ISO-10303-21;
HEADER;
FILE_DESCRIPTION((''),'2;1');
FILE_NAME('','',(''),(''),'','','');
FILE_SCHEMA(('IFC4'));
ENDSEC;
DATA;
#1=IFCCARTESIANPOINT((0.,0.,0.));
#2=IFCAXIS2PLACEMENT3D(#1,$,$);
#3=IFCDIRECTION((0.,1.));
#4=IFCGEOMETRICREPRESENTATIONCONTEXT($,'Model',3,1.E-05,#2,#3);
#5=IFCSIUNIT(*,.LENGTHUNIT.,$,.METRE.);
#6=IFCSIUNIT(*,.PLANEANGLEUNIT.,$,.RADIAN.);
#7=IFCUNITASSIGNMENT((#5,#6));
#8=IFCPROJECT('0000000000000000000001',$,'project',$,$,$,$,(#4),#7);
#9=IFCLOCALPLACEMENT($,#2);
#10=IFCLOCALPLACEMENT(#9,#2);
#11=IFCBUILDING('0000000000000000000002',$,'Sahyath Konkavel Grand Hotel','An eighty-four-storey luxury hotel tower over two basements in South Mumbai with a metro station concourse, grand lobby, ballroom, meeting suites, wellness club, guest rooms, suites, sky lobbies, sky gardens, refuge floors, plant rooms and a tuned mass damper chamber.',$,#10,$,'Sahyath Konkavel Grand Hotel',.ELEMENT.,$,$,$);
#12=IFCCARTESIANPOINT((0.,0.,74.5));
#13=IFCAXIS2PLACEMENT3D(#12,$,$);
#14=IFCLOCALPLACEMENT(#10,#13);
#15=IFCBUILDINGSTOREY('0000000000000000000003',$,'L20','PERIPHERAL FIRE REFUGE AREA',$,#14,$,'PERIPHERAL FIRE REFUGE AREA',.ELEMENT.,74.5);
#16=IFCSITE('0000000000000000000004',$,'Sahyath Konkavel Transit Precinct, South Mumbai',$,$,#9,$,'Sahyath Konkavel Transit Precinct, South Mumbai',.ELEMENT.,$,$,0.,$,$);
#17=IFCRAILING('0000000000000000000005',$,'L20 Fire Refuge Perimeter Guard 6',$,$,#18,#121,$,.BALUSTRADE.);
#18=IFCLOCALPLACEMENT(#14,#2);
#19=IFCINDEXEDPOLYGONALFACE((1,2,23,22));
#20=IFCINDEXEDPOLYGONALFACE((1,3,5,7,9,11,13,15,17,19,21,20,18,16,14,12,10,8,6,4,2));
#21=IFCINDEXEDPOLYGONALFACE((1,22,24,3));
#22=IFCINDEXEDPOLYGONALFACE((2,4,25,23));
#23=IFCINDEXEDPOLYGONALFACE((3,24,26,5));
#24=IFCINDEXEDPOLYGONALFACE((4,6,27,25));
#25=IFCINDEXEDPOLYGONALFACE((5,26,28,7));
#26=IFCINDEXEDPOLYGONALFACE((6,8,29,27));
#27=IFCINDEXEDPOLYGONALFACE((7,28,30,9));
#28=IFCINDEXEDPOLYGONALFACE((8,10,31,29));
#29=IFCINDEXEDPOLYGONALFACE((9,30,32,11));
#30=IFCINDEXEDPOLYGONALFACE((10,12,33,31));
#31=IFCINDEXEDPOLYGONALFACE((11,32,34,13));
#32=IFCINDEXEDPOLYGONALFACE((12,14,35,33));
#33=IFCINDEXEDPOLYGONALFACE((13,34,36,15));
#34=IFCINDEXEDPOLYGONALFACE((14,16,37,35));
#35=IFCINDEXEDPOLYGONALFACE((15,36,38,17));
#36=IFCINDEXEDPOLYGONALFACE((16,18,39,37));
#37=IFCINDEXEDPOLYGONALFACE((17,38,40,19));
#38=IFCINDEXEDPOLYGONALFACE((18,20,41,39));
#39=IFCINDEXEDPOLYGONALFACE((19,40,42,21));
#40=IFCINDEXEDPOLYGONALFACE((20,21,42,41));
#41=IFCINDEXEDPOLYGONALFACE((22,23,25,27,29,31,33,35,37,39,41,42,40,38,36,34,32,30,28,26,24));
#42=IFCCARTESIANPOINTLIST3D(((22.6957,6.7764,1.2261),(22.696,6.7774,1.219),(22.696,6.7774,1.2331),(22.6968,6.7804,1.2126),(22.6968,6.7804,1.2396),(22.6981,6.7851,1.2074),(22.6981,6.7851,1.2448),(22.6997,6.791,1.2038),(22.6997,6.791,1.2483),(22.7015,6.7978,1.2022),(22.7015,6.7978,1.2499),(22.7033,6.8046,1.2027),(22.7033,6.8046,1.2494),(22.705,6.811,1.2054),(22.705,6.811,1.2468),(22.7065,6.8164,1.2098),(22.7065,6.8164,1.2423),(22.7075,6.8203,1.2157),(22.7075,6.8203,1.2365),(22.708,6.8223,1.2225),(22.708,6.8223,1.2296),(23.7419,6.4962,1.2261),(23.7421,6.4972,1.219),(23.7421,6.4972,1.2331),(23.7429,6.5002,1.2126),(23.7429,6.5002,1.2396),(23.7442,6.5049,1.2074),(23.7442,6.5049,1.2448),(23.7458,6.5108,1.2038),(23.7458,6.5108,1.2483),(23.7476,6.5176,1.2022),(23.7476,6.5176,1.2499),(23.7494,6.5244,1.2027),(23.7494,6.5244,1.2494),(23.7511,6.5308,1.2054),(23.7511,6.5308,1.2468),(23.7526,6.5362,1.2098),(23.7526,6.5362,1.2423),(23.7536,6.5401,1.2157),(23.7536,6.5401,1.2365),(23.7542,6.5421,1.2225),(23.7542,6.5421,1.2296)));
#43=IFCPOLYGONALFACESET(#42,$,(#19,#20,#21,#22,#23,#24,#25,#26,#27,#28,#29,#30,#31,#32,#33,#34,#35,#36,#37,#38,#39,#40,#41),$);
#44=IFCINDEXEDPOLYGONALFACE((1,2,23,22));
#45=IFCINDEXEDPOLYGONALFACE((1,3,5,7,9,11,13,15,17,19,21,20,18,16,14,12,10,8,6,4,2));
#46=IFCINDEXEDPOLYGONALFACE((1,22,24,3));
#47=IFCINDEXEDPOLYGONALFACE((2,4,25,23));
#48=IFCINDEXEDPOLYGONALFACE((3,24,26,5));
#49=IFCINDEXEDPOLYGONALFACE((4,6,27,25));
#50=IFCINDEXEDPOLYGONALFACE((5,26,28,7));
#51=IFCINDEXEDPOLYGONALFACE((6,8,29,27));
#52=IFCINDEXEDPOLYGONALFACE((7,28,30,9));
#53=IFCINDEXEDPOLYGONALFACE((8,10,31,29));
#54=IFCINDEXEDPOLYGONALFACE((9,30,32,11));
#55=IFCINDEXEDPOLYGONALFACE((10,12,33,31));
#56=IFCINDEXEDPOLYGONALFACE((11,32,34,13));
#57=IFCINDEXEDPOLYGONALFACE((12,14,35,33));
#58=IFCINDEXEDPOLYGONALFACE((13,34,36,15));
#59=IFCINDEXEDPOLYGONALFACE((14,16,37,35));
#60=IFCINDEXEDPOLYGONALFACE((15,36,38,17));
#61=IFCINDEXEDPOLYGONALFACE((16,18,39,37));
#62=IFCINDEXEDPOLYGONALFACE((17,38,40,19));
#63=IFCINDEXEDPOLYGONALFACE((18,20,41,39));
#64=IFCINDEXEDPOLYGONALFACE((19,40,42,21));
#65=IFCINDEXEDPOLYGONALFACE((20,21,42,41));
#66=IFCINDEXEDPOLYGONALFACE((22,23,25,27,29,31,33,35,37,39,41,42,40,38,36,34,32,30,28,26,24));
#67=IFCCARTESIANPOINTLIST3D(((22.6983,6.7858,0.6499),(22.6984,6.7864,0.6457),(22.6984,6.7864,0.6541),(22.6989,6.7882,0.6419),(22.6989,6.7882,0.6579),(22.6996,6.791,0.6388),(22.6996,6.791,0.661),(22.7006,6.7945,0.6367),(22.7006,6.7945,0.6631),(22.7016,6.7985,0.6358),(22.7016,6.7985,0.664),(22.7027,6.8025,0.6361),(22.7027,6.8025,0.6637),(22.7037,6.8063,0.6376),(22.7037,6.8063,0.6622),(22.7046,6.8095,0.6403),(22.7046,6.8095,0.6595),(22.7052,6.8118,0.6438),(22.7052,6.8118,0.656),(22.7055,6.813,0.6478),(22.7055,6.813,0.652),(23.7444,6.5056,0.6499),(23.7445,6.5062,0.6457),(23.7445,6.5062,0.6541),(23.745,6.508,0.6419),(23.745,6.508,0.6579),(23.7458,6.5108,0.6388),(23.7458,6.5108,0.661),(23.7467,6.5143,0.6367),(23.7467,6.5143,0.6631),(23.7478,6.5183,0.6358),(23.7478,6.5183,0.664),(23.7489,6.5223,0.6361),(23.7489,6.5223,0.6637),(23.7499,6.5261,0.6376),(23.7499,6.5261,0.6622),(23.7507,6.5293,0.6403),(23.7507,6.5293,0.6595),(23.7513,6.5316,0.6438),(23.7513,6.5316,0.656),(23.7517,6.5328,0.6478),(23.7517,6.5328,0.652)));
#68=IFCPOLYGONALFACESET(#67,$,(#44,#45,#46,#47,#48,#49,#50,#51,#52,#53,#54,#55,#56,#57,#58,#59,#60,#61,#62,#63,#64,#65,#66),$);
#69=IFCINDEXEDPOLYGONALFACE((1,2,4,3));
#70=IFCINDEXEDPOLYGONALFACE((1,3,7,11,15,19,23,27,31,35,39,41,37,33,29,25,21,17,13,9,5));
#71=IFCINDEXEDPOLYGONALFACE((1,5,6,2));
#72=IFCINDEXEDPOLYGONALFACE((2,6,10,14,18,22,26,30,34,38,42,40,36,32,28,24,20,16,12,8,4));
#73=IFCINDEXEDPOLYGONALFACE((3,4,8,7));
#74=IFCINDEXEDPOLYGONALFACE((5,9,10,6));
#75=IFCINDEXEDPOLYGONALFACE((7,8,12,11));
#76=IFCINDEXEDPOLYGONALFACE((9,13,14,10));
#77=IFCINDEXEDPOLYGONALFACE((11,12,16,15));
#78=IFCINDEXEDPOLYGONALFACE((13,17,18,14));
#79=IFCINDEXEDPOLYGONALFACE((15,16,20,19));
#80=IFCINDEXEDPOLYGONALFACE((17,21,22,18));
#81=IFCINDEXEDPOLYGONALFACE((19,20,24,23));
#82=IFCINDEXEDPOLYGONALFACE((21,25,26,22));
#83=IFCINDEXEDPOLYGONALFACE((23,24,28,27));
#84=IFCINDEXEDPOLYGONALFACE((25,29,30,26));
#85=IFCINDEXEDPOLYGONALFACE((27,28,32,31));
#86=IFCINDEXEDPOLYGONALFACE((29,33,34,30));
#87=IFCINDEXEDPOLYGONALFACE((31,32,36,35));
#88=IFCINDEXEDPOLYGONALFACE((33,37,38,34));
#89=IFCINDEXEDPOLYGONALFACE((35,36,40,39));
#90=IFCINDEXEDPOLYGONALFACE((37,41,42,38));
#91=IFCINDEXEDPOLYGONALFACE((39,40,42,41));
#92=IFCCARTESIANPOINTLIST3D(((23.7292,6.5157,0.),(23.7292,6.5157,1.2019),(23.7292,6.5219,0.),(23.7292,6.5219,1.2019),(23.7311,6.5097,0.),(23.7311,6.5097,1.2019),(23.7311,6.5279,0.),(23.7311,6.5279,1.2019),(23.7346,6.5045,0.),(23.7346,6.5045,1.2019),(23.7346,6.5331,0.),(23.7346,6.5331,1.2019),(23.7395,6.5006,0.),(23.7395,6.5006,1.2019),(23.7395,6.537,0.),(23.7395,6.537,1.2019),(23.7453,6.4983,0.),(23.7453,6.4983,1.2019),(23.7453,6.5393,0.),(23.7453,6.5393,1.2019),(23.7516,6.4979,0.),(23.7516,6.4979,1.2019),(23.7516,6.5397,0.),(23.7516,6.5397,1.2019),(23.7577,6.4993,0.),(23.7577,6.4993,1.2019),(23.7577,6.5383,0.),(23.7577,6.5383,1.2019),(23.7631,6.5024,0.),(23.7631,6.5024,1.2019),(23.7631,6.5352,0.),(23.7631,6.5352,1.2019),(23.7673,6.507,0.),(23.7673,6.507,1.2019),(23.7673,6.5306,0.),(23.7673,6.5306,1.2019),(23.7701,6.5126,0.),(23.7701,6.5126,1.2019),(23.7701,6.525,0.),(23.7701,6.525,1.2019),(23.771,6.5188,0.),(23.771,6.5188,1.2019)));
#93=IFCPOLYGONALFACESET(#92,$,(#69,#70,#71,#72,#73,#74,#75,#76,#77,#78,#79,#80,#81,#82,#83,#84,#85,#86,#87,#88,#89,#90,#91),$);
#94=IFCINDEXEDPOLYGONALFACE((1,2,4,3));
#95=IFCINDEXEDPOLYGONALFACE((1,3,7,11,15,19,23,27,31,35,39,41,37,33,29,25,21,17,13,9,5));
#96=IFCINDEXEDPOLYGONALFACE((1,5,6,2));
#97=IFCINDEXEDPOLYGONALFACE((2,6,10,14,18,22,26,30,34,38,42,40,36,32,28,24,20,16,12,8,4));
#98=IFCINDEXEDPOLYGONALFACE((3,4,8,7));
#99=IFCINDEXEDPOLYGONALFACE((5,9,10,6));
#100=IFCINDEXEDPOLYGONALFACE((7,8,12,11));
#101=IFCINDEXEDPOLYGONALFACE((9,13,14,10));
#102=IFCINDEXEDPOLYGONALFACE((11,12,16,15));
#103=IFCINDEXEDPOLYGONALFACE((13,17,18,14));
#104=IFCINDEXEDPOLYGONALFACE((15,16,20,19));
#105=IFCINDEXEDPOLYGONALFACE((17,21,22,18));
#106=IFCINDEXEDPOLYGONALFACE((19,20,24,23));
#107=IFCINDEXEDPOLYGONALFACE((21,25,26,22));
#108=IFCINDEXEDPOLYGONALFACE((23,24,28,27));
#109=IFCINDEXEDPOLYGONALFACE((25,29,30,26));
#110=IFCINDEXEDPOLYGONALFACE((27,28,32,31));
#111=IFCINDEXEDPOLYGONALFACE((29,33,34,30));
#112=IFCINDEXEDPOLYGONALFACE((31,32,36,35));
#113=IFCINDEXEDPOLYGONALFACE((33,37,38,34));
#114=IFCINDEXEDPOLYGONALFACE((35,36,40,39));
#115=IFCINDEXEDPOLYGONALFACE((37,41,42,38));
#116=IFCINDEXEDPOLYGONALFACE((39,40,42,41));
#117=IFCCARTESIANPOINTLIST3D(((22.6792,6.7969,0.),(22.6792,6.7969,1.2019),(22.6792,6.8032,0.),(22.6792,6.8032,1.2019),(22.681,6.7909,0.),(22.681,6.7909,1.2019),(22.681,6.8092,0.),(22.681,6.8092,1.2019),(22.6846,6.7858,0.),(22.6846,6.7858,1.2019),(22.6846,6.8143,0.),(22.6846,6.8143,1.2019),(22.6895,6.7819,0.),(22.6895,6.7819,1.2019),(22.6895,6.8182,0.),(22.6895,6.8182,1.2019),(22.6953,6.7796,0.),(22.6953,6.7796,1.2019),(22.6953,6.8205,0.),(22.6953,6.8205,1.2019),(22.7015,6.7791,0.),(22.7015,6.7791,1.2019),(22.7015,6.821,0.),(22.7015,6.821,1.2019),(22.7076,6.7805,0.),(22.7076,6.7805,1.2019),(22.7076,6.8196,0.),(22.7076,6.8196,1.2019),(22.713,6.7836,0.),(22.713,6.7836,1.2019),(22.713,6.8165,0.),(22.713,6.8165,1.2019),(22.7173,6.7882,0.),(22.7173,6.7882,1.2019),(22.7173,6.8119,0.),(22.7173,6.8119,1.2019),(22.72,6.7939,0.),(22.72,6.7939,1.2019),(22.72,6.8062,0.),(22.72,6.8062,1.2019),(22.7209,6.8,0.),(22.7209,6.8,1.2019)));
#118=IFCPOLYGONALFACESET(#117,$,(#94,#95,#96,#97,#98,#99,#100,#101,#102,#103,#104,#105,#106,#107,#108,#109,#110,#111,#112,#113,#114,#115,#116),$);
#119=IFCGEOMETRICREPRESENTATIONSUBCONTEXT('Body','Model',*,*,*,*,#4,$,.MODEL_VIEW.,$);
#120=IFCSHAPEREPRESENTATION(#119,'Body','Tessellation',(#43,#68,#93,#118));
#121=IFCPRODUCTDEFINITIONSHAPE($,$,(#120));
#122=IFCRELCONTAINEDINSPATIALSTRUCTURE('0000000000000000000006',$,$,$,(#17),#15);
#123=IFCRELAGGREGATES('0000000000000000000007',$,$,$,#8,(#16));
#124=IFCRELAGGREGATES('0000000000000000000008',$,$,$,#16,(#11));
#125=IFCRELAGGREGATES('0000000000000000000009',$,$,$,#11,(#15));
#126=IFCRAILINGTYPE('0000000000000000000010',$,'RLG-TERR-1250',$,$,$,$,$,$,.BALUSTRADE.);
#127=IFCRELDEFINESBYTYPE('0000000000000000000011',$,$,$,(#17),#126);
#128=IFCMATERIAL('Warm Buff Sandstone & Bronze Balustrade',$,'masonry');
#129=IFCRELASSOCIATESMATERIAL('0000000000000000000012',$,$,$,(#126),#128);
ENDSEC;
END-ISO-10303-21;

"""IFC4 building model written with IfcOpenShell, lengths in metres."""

from ifc_helpers import new_model, si_unit, direction, frame, origin, origin_2d, place, context, subcontext, project, spatial, circle, extrude, material, type_object, element, save


model = new_model("IFC4")

# Units and contexts
model_context = context("Model", 3, precision=1e-05, world=origin(), true_north=direction((0.0, 1.0)))
body_context = subcontext(model_context, "Body", "Model", "MODEL_VIEW")
ifc_project = project(units=[si_unit("LENGTHUNIT", "METRE"), si_unit("PLANEANGLEUNIT", "RADIAN")], contexts=[model_context])

# Site, building, storey
site_placement = place(None, origin())
site = spatial("IfcSite", under=ifc_project, at=site_placement, Name="Sahyath Konkavel Transit Precinct, South Mumbai", LongName="Sahyath Konkavel Transit Precinct, South Mumbai", CompositionType="ELEMENT", RefElevation=0.0)
building_placement = place(site_placement, origin())
building = spatial("IfcBuilding", under=site, at=building_placement, Name="Sahyath Konkavel Grand Hotel", Description="An eighty-four-storey luxury hotel tower over two basements in South Mumbai with a metro station concourse, grand lobby, ballroom, meeting suites, wellness club, guest rooms, suites, sky lobbies, sky gardens, refuge floors, plant rooms and a tuned mass damper chamber.", LongName="Sahyath Konkavel Grand Hotel", CompositionType="ELEMENT")
storey_placement = place(building_placement, frame((0.0, 0.0, 74.5)))
storey = spatial("IfcBuildingStorey", under=building, at=storey_placement, Name="L20", Description="PERIPHERAL FIRE REFUGE AREA", LongName="PERIPHERAL FIRE REFUGE AREA", CompositionType="ELEMENT", Elevation=74.5)

# Railing
ifc_material_1 = material(Name="Warm Buff Sandstone & Bronze Balustrade", Category="masonry")
railing_type = type_object("IfcRailingType", Name="RLG-TERR-1250", PredefinedType="BALUSTRADE", material=ifc_material_1)
railing_1_placement = place(storey_placement, frame((23.75, 6.5188, 0.0)))
element("IfcRailing", 1, at=railing_1_placement, inside=storey, type_object=railing_type, Name="L20 Fire Refuge Perimeter Guard 6", PredefinedType="BALUSTRADE", context=body_context, shape_type="SweptSolid", body=[
    extrude(circle(Radius=0.0239, at=origin_2d()), frame((-0.002, 0.0005, 1.2261), z_axis=(-0.965951, 0.258725, 0.0), x_axis=(-0.258725, -0.965951, 0.0)), (0.0, 0.0, 1.0), 1.083),
    extrude(circle(Radius=0.0142, at=origin_2d()), frame((-0.002, 0.0005, 0.6499), z_axis=(-0.965951, 0.258725, 0.0), x_axis=(-0.258725, -0.965951, 0.0)), (0.0, 0.0, 1.0), 1.083),
    extrude(circle(Radius=0.021, at=origin_2d()), origin(), (0.0, 0.0, 1.0), 1.2019),
    extrude(circle(Radius=0.021, at=origin_2d()), frame((-1.05, 0.2812, 0.0)), (0.0, 0.0, 1.0), 1.2019),
])

save(model, "model.ifc")
